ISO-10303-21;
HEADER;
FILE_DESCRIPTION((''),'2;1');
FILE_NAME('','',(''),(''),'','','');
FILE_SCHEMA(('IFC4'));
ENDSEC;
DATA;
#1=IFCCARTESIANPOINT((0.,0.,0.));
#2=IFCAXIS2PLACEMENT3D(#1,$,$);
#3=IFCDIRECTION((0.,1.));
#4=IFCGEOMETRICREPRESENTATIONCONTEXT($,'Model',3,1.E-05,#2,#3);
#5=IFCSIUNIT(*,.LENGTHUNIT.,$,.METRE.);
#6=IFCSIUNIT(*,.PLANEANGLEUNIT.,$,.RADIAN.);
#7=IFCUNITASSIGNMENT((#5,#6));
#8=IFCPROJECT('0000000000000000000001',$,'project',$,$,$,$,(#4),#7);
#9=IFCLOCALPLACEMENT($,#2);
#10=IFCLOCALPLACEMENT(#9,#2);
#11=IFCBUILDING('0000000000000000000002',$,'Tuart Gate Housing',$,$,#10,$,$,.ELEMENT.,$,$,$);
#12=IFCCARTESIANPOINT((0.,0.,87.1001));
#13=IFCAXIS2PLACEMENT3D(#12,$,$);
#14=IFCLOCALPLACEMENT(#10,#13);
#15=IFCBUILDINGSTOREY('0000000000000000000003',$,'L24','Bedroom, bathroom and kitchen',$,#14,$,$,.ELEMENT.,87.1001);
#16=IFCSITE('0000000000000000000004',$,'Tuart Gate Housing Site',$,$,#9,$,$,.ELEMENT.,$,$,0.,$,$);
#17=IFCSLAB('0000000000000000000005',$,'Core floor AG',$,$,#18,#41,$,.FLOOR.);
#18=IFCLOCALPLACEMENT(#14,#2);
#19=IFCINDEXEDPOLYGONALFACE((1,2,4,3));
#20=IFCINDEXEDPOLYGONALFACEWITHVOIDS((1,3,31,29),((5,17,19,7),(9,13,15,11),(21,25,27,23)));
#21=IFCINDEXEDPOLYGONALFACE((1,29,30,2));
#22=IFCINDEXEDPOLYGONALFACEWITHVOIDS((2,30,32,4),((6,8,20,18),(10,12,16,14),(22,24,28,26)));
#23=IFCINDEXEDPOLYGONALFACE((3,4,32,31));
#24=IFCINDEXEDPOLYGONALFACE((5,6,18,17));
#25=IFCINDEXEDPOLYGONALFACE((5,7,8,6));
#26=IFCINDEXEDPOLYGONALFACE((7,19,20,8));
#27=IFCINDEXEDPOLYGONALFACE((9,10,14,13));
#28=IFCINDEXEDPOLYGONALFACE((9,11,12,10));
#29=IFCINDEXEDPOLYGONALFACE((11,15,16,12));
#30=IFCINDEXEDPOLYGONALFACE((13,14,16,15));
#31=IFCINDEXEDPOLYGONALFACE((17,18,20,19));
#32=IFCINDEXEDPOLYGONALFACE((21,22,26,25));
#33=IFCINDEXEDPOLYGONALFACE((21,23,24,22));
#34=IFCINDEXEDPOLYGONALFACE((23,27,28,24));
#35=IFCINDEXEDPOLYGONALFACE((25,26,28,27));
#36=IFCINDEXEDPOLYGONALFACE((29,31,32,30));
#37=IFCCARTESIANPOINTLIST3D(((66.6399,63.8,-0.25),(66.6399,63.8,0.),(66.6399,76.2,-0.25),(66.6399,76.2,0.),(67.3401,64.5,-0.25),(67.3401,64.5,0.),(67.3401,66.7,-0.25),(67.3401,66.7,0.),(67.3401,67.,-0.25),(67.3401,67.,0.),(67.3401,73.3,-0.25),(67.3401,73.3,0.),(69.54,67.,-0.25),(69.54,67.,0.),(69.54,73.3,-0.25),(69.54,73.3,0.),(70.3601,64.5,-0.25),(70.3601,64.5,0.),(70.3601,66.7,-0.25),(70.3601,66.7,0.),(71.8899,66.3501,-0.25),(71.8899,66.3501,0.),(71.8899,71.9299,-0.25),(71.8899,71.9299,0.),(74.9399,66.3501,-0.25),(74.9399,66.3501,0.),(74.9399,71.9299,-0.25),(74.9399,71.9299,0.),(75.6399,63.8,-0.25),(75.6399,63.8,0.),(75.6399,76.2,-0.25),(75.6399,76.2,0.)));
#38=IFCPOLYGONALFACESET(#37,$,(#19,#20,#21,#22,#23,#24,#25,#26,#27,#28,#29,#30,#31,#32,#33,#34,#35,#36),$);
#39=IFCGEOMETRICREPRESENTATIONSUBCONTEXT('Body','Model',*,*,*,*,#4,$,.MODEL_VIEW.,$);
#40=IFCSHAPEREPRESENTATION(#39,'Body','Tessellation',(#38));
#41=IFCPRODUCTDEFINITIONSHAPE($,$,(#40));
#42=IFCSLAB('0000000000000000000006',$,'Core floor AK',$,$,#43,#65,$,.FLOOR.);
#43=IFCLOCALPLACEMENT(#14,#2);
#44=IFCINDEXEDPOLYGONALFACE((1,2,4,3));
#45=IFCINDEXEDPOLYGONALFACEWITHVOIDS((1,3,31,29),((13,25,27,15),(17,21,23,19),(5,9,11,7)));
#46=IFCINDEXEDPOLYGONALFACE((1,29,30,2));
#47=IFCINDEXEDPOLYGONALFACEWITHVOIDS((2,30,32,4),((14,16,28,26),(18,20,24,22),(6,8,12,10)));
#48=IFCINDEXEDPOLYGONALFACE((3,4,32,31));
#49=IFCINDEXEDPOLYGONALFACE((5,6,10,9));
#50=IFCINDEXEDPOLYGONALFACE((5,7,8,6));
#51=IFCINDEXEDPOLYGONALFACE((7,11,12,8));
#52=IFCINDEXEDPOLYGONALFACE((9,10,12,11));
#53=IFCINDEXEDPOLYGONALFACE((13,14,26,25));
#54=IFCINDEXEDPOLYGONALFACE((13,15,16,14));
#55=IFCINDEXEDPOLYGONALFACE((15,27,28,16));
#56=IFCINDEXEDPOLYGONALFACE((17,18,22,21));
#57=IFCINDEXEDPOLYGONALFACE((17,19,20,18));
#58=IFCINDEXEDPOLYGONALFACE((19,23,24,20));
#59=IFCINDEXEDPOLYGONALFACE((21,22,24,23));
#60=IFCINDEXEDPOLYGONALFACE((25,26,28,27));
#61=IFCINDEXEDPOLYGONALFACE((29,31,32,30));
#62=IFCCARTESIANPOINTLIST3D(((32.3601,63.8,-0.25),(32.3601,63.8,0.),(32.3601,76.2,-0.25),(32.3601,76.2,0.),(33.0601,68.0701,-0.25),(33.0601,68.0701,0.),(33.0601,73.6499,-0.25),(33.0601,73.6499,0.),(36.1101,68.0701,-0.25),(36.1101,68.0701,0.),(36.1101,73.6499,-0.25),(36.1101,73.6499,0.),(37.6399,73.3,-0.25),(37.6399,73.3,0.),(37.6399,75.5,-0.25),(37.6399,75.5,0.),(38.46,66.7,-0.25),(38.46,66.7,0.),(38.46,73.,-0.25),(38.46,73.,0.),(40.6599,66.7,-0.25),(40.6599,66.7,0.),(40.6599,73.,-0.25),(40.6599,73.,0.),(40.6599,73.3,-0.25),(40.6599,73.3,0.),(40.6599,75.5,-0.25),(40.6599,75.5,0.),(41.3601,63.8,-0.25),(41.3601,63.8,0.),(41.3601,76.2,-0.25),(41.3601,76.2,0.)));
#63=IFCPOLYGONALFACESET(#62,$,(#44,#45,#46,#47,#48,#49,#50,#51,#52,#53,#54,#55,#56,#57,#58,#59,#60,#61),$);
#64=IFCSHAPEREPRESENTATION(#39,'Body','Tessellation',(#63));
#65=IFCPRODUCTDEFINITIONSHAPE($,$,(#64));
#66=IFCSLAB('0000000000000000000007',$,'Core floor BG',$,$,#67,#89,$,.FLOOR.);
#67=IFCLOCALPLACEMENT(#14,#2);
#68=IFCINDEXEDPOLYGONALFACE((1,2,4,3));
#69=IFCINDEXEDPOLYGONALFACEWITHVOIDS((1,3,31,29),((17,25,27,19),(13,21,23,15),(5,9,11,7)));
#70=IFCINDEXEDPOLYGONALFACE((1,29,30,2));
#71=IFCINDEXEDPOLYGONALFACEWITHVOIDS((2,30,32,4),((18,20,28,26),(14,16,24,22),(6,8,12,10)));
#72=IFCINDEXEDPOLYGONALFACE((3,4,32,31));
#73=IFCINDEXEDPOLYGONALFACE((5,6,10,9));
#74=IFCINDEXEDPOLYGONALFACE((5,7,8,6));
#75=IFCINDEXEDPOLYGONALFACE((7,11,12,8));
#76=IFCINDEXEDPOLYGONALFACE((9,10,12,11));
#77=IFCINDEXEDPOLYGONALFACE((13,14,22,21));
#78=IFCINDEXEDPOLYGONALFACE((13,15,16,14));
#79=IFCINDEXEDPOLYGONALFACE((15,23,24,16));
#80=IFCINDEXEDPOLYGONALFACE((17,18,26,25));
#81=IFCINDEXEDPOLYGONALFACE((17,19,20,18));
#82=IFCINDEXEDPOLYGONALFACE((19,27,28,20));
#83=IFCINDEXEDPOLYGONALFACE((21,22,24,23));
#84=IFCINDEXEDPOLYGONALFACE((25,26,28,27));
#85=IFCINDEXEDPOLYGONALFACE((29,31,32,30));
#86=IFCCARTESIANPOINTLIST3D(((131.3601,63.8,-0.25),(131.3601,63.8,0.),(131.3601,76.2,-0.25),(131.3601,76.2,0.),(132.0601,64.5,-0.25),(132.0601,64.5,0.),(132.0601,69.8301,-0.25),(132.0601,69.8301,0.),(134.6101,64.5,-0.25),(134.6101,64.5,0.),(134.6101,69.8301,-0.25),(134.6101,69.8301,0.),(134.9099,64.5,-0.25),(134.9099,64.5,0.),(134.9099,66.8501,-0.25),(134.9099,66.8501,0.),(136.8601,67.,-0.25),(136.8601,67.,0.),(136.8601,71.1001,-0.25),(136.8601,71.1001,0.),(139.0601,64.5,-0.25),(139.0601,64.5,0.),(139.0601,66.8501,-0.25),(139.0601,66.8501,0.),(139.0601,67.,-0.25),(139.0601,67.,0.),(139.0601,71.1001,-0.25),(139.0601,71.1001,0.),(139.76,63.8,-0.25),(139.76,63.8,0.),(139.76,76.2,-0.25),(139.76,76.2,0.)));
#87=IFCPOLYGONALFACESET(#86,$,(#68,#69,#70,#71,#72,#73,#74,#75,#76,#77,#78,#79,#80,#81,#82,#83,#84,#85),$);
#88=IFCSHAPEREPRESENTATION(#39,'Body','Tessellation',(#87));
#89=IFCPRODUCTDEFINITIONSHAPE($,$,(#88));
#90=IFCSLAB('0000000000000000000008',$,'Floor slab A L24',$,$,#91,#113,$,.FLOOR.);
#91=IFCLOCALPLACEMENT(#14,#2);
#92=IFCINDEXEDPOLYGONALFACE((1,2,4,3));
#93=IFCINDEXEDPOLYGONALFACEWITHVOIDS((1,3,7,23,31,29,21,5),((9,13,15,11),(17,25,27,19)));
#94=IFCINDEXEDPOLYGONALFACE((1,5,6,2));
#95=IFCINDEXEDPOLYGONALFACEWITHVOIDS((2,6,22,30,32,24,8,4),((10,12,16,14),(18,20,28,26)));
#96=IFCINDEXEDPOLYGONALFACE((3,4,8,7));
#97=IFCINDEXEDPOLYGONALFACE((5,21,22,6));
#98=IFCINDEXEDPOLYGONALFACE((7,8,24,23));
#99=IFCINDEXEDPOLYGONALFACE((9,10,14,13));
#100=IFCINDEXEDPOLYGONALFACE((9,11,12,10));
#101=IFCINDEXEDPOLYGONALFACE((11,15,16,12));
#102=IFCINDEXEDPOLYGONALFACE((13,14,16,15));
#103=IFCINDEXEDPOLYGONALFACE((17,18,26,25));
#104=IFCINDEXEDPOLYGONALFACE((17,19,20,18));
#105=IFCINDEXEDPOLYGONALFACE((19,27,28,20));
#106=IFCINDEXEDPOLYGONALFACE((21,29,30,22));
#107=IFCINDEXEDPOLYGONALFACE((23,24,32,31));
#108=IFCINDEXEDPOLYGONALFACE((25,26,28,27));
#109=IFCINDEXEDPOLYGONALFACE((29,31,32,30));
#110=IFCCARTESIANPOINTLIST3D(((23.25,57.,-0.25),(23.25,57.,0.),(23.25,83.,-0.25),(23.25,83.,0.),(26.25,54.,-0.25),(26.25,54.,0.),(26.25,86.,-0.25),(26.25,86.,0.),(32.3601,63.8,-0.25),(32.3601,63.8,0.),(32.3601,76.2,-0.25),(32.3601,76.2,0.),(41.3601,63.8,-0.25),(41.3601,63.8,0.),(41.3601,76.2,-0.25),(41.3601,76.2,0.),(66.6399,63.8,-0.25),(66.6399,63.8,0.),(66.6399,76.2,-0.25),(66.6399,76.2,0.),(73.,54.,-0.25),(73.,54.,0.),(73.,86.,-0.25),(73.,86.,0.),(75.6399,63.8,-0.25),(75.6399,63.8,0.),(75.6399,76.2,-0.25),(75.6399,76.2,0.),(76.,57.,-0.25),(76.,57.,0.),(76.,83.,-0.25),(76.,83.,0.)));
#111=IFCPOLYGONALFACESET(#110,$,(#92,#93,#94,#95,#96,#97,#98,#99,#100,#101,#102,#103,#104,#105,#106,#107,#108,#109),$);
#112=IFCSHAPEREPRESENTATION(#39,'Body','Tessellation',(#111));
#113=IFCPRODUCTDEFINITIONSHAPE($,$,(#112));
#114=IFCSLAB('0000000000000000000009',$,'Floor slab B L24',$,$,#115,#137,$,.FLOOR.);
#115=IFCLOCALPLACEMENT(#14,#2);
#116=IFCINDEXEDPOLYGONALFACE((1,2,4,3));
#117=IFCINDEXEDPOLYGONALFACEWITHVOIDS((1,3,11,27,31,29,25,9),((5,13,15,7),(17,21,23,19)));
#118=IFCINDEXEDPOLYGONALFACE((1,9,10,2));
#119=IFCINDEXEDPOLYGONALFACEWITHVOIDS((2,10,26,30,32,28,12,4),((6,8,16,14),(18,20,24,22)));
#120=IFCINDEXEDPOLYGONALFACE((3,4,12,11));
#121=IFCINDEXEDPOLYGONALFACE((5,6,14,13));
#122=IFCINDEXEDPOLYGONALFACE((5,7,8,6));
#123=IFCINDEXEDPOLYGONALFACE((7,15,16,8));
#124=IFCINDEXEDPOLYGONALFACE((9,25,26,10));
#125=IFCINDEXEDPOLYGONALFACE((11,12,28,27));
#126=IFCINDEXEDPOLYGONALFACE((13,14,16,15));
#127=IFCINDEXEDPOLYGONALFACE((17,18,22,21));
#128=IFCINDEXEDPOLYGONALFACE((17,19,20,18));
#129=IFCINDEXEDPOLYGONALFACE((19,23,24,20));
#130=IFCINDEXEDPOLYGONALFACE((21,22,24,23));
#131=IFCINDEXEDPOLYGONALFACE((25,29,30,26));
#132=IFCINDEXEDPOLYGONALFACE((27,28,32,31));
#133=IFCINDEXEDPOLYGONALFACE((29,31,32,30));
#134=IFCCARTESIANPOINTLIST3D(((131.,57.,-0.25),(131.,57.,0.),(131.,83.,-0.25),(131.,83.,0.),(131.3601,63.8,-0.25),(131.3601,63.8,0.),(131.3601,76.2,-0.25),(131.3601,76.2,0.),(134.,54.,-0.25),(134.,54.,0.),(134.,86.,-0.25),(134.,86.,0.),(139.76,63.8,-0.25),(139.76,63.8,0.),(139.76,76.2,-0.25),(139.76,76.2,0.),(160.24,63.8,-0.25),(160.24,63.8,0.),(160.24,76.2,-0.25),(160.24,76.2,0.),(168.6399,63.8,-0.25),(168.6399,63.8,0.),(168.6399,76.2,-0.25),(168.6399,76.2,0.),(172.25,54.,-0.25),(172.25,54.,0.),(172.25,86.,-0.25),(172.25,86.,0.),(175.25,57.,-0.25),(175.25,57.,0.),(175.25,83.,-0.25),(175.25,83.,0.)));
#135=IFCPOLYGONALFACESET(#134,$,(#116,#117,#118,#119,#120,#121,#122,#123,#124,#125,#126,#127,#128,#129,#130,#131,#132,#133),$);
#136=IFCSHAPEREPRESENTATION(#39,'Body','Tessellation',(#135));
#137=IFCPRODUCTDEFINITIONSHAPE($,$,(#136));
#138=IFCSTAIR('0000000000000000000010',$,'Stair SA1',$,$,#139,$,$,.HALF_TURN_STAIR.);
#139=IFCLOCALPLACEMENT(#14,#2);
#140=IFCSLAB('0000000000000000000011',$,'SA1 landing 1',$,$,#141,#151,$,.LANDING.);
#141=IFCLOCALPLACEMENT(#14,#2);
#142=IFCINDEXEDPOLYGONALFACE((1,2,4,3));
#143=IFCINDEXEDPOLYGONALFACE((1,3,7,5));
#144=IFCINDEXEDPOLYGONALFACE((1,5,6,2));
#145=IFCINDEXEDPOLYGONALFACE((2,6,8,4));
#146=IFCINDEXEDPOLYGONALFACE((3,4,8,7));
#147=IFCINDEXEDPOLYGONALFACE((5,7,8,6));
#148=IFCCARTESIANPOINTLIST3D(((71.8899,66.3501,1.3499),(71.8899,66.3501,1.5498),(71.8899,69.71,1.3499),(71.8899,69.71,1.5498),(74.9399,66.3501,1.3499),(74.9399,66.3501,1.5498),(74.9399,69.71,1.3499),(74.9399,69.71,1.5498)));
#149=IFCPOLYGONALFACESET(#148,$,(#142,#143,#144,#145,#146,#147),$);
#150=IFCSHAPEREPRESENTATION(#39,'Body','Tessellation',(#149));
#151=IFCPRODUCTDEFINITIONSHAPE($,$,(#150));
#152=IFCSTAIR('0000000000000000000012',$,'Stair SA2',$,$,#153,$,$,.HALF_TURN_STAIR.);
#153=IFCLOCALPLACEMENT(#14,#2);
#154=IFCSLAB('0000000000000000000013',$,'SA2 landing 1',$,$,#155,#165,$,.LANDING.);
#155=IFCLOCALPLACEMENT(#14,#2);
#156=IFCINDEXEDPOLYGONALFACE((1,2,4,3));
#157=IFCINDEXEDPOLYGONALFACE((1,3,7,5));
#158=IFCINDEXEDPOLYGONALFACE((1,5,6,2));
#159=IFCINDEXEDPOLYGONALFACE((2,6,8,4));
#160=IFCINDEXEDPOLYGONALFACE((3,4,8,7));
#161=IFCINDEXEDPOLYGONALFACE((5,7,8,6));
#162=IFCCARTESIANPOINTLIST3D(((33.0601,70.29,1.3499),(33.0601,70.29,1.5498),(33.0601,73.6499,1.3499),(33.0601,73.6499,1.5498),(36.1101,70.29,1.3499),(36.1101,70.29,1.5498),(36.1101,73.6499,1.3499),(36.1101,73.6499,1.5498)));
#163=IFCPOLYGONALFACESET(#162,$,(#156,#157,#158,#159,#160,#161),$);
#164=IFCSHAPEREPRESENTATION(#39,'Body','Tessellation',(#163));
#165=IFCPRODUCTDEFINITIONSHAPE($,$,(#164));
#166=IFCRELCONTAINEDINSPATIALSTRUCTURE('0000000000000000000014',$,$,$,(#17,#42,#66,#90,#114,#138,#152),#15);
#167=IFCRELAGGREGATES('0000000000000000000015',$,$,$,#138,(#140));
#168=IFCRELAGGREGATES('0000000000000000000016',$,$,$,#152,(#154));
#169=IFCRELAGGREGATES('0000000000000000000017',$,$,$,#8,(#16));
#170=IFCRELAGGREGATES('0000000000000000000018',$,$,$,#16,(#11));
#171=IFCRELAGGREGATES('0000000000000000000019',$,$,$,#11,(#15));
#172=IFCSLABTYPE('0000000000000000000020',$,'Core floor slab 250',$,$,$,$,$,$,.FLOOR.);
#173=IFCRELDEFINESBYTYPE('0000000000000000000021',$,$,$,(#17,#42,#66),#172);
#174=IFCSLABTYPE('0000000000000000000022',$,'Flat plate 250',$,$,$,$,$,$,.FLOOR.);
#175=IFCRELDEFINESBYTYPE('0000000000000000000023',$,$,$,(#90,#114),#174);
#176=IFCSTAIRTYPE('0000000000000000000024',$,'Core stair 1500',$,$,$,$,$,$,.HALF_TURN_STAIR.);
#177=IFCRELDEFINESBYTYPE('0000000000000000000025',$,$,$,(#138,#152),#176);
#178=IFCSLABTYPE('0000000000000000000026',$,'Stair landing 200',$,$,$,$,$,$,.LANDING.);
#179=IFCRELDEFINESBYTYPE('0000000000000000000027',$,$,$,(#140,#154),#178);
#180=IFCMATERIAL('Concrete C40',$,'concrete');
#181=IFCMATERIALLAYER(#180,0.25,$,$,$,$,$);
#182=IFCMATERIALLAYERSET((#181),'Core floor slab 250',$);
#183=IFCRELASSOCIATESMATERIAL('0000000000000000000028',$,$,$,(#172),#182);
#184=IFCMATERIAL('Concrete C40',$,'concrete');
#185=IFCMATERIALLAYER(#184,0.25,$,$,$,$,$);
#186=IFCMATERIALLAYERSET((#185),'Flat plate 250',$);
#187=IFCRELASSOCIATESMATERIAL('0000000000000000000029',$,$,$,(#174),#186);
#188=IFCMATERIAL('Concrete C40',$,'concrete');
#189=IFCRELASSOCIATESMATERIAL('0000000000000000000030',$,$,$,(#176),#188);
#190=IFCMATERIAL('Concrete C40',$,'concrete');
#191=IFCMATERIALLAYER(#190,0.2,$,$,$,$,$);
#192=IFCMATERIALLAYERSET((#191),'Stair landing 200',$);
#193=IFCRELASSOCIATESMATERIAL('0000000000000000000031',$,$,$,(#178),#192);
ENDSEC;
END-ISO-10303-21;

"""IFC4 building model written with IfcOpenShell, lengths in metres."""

from ifc_helpers import new_model, si_unit, direction, frame, origin, place, context, subcontext, project, spatial, polyline, outline, extrude, material, layer, layer_set, type_object, element, aggregate, save


model = new_model("IFC4")

# Units and contexts
model_context = context("Model", 3, precision=1e-05, world=origin(), true_north=direction((0.0, 1.0)))
body_context = subcontext(model_context, "Body", "Model", "MODEL_VIEW")
ifc_project = project(units=[si_unit("LENGTHUNIT", "METRE"), si_unit("PLANEANGLEUNIT", "RADIAN")], contexts=[model_context])

# Site, building, storey
site_placement = place(None, origin())
site = spatial("IfcSite", under=ifc_project, at=site_placement, Name="Tuart Gate Housing Site", CompositionType="ELEMENT", RefElevation=0.0)
building_placement = place(site_placement, origin())
building = spatial("IfcBuilding", under=site, at=building_placement, Name="Tuart Gate Housing", CompositionType="ELEMENT")
storey_placement = place(building_placement, frame((0.0, 0.0, 87.1001)))
storey = spatial("IfcBuildingStorey", under=building, at=storey_placement, Name="L24", Description="Bedroom, bathroom and kitchen", CompositionType="ELEMENT", Elevation=87.1001)

# Slabs
ifc_material_1 = material(Name="Concrete C40", Category="concrete")
ifc_layer_1 = layer(ifc_material_1, 0.25)
ifc_layer_set_1 = layer_set([ifc_layer_1], Name="Core floor slab 250")
slab_type_1 = type_object("IfcSlabType", Name="Core floor slab 250", PredefinedType="FLOOR", material=ifc_layer_set_1)
slab_1_placement = place(storey_placement, frame((0.0, 0.0, -0.25)))
element("IfcSlab", 1, at=slab_1_placement, inside=storey, type_object=slab_type_1, Name="Core floor AG", PredefinedType="FLOOR", context=body_context, shape_type="SweptSolid", body=[
    extrude(outline(polyline([(66.6399, 63.8), (75.6399, 63.8), (75.6399, 76.2), (66.6399, 76.2), (66.6399, 63.8)]), holes=[polyline([(67.3401, 64.5), (70.3601, 64.5), (70.3601, 66.7), (67.3401, 66.7), (67.3401, 64.5)]), polyline([(67.3401, 67.0), (69.54, 67.0), (69.54, 73.3), (67.3401, 73.3), (67.3401, 67.0)]), polyline([(71.8899, 66.3501), (74.9399, 66.3501), (74.9399, 71.9299), (71.8899, 71.9299), (71.8899, 66.3501)])]), origin(), (0.0, 0.0, 1.0), 0.25),
])
slab_2_placement = place(storey_placement, frame((0.0, 0.0, -0.25)))
element("IfcSlab", 2, at=slab_2_placement, inside=storey, type_object=slab_type_1, Name="Core floor AK", PredefinedType="FLOOR", context=body_context, shape_type="SweptSolid", body=[
    extrude(outline(polyline([(32.3601, 63.8), (41.3601, 63.8), (41.3601, 76.2), (32.3601, 76.2), (32.3601, 63.8)]), holes=[polyline([(40.6599, 75.5), (37.6399, 75.5), (37.6399, 73.3), (40.6599, 73.3), (40.6599, 75.5)]), polyline([(40.6599, 73.0), (38.46, 73.0), (38.46, 66.7), (40.6599, 66.7), (40.6599, 73.0)]), polyline([(36.1101, 73.6499), (33.0601, 73.6499), (33.0601, 68.0701), (36.1101, 68.0701), (36.1101, 73.6499)])]), origin(), (0.0, 0.0, 1.0), 0.25),
])
slab_3_placement = place(storey_placement, frame((0.0, 0.0, -0.25)))
element("IfcSlab", 3, at=slab_3_placement, inside=storey, type_object=slab_type_1, Name="Core floor BG", PredefinedType="FLOOR", context=body_context, shape_type="SweptSolid", body=[
    extrude(outline(polyline([(131.3601, 63.8), (139.76, 63.8), (139.76, 76.2), (131.3601, 76.2), (131.3601, 63.8)]), holes=[polyline([(139.0601, 66.8501), (134.9099, 66.8501), (134.9099, 64.5), (139.0601, 64.5), (139.0601, 66.8501)]), polyline([(139.0601, 71.1001), (136.8601, 71.1001), (136.8601, 67.0), (139.0601, 67.0), (139.0601, 71.1001)]), polyline([(134.6101, 69.8301), (132.0601, 69.8301), (132.0601, 64.5), (134.6101, 64.5), (134.6101, 69.8301)])]), origin(), (0.0, 0.0, 1.0), 0.25),
])
ifc_material_2 = material(Name="Concrete C40", Category="concrete")
ifc_layer_2 = layer(ifc_material_2, 0.25)
ifc_layer_set_2 = layer_set([ifc_layer_2], Name="Flat plate 250")
slab_type_2 = type_object("IfcSlabType", Name="Flat plate 250", PredefinedType="FLOOR", material=ifc_layer_set_2)
slab_4_placement = place(storey_placement, frame((0.0, 0.0, -0.25)))
element("IfcSlab", 4, at=slab_4_placement, inside=storey, type_object=slab_type_2, Name="Floor slab A L24", PredefinedType="FLOOR", context=body_context, shape_type="SweptSolid", body=[
    extrude(outline(polyline([(26.25, 86.0), (23.25, 83.0), (23.25, 57.0), (26.25, 54.0), (73.0, 54.0), (76.0, 57.0), (76.0, 83.0), (73.0, 86.0), (26.25, 86.0)]), holes=[polyline([(66.6399, 76.2), (75.6399, 76.2), (75.6399, 63.8), (66.6399, 63.8), (66.6399, 76.2)]), polyline([(41.3601, 76.2), (41.3601, 63.8), (32.3601, 63.8), (32.3601, 76.2), (41.3601, 76.2)])]), origin(), (0.0, 0.0, 1.0), 0.25),
])
slab_5_placement = place(storey_placement, frame((0.0, 0.0, -0.25)))
element("IfcSlab", 5, at=slab_5_placement, inside=storey, type_object=slab_type_2, Name="Floor slab B L24", PredefinedType="FLOOR", context=body_context, shape_type="SweptSolid", body=[
    extrude(outline(polyline([(134.0, 86.0), (131.0, 83.0), (131.0, 57.0), (134.0, 54.0), (172.25, 54.0), (175.25, 57.0), (175.25, 83.0), (172.25, 86.0), (134.0, 86.0)]), holes=[polyline([(131.3601, 76.2), (139.76, 76.2), (139.76, 63.8), (131.3601, 63.8), (131.3601, 76.2)]), polyline([(168.6399, 76.2), (168.6399, 63.8), (160.24, 63.8), (160.24, 76.2), (168.6399, 76.2)])]), origin(), (0.0, 0.0, 1.0), 0.25),
])

# Stairs, slabs
ifc_material_3 = material(Name="Concrete C40", Category="concrete")
stair_type = type_object("IfcStairType", Name="Core stair 1500", PredefinedType="HALF_TURN_STAIR", material=ifc_material_3)
stair_1_placement = place(storey_placement, origin())
stair_1 = element("IfcStair", 6, at=stair_1_placement, inside=storey, type_object=stair_type, Name="Stair SA1", PredefinedType="HALF_TURN_STAIR")
ifc_material_4 = material(Name="Concrete C40", Category="concrete")
ifc_layer_3 = layer(ifc_material_4, 0.2)
ifc_layer_set_3 = layer_set([ifc_layer_3], Name="Stair landing 200")
slab_type_3 = type_object("IfcSlabType", Name="Stair landing 200", PredefinedType="LANDING", material=ifc_layer_set_3)
slab_6_placement = place(storey_placement, frame((0.0, 0.0, 1.3499)))
slab_6 = element("IfcSlab", 7, at=slab_6_placement, type_object=slab_type_3, Name="SA1 landing 1", PredefinedType="LANDING", context=body_context, shape_type="SweptSolid", body=[
    extrude(outline(polyline([(71.8899, 66.3501), (74.9399, 66.3501), (74.9399, 69.71), (71.8899, 69.71), (71.8899, 66.3501)])), origin(), (0.0, 0.0, 1.0), 0.2),
])
aggregate(stair_1, [slab_6])
stair_2_placement = place(storey_placement, origin())
stair_2 = element("IfcStair", 8, at=stair_2_placement, inside=storey, type_object=stair_type, Name="Stair SA2", PredefinedType="HALF_TURN_STAIR")
slab_7_placement = place(storey_placement, frame((0.0, 0.0, 1.3499)))
slab_7 = element("IfcSlab", 9, at=slab_7_placement, type_object=slab_type_3, Name="SA2 landing 1", PredefinedType="LANDING", context=body_context, shape_type="SweptSolid", body=[
    extrude(outline(polyline([(36.1101, 73.6499), (33.0601, 73.6499), (33.0601, 70.29), (36.1101, 70.29), (36.1101, 73.6499)])), origin(), (0.0, 0.0, 1.0), 0.2),
])
aggregate(stair_2, [slab_7])

save(model, "model.ifc")
